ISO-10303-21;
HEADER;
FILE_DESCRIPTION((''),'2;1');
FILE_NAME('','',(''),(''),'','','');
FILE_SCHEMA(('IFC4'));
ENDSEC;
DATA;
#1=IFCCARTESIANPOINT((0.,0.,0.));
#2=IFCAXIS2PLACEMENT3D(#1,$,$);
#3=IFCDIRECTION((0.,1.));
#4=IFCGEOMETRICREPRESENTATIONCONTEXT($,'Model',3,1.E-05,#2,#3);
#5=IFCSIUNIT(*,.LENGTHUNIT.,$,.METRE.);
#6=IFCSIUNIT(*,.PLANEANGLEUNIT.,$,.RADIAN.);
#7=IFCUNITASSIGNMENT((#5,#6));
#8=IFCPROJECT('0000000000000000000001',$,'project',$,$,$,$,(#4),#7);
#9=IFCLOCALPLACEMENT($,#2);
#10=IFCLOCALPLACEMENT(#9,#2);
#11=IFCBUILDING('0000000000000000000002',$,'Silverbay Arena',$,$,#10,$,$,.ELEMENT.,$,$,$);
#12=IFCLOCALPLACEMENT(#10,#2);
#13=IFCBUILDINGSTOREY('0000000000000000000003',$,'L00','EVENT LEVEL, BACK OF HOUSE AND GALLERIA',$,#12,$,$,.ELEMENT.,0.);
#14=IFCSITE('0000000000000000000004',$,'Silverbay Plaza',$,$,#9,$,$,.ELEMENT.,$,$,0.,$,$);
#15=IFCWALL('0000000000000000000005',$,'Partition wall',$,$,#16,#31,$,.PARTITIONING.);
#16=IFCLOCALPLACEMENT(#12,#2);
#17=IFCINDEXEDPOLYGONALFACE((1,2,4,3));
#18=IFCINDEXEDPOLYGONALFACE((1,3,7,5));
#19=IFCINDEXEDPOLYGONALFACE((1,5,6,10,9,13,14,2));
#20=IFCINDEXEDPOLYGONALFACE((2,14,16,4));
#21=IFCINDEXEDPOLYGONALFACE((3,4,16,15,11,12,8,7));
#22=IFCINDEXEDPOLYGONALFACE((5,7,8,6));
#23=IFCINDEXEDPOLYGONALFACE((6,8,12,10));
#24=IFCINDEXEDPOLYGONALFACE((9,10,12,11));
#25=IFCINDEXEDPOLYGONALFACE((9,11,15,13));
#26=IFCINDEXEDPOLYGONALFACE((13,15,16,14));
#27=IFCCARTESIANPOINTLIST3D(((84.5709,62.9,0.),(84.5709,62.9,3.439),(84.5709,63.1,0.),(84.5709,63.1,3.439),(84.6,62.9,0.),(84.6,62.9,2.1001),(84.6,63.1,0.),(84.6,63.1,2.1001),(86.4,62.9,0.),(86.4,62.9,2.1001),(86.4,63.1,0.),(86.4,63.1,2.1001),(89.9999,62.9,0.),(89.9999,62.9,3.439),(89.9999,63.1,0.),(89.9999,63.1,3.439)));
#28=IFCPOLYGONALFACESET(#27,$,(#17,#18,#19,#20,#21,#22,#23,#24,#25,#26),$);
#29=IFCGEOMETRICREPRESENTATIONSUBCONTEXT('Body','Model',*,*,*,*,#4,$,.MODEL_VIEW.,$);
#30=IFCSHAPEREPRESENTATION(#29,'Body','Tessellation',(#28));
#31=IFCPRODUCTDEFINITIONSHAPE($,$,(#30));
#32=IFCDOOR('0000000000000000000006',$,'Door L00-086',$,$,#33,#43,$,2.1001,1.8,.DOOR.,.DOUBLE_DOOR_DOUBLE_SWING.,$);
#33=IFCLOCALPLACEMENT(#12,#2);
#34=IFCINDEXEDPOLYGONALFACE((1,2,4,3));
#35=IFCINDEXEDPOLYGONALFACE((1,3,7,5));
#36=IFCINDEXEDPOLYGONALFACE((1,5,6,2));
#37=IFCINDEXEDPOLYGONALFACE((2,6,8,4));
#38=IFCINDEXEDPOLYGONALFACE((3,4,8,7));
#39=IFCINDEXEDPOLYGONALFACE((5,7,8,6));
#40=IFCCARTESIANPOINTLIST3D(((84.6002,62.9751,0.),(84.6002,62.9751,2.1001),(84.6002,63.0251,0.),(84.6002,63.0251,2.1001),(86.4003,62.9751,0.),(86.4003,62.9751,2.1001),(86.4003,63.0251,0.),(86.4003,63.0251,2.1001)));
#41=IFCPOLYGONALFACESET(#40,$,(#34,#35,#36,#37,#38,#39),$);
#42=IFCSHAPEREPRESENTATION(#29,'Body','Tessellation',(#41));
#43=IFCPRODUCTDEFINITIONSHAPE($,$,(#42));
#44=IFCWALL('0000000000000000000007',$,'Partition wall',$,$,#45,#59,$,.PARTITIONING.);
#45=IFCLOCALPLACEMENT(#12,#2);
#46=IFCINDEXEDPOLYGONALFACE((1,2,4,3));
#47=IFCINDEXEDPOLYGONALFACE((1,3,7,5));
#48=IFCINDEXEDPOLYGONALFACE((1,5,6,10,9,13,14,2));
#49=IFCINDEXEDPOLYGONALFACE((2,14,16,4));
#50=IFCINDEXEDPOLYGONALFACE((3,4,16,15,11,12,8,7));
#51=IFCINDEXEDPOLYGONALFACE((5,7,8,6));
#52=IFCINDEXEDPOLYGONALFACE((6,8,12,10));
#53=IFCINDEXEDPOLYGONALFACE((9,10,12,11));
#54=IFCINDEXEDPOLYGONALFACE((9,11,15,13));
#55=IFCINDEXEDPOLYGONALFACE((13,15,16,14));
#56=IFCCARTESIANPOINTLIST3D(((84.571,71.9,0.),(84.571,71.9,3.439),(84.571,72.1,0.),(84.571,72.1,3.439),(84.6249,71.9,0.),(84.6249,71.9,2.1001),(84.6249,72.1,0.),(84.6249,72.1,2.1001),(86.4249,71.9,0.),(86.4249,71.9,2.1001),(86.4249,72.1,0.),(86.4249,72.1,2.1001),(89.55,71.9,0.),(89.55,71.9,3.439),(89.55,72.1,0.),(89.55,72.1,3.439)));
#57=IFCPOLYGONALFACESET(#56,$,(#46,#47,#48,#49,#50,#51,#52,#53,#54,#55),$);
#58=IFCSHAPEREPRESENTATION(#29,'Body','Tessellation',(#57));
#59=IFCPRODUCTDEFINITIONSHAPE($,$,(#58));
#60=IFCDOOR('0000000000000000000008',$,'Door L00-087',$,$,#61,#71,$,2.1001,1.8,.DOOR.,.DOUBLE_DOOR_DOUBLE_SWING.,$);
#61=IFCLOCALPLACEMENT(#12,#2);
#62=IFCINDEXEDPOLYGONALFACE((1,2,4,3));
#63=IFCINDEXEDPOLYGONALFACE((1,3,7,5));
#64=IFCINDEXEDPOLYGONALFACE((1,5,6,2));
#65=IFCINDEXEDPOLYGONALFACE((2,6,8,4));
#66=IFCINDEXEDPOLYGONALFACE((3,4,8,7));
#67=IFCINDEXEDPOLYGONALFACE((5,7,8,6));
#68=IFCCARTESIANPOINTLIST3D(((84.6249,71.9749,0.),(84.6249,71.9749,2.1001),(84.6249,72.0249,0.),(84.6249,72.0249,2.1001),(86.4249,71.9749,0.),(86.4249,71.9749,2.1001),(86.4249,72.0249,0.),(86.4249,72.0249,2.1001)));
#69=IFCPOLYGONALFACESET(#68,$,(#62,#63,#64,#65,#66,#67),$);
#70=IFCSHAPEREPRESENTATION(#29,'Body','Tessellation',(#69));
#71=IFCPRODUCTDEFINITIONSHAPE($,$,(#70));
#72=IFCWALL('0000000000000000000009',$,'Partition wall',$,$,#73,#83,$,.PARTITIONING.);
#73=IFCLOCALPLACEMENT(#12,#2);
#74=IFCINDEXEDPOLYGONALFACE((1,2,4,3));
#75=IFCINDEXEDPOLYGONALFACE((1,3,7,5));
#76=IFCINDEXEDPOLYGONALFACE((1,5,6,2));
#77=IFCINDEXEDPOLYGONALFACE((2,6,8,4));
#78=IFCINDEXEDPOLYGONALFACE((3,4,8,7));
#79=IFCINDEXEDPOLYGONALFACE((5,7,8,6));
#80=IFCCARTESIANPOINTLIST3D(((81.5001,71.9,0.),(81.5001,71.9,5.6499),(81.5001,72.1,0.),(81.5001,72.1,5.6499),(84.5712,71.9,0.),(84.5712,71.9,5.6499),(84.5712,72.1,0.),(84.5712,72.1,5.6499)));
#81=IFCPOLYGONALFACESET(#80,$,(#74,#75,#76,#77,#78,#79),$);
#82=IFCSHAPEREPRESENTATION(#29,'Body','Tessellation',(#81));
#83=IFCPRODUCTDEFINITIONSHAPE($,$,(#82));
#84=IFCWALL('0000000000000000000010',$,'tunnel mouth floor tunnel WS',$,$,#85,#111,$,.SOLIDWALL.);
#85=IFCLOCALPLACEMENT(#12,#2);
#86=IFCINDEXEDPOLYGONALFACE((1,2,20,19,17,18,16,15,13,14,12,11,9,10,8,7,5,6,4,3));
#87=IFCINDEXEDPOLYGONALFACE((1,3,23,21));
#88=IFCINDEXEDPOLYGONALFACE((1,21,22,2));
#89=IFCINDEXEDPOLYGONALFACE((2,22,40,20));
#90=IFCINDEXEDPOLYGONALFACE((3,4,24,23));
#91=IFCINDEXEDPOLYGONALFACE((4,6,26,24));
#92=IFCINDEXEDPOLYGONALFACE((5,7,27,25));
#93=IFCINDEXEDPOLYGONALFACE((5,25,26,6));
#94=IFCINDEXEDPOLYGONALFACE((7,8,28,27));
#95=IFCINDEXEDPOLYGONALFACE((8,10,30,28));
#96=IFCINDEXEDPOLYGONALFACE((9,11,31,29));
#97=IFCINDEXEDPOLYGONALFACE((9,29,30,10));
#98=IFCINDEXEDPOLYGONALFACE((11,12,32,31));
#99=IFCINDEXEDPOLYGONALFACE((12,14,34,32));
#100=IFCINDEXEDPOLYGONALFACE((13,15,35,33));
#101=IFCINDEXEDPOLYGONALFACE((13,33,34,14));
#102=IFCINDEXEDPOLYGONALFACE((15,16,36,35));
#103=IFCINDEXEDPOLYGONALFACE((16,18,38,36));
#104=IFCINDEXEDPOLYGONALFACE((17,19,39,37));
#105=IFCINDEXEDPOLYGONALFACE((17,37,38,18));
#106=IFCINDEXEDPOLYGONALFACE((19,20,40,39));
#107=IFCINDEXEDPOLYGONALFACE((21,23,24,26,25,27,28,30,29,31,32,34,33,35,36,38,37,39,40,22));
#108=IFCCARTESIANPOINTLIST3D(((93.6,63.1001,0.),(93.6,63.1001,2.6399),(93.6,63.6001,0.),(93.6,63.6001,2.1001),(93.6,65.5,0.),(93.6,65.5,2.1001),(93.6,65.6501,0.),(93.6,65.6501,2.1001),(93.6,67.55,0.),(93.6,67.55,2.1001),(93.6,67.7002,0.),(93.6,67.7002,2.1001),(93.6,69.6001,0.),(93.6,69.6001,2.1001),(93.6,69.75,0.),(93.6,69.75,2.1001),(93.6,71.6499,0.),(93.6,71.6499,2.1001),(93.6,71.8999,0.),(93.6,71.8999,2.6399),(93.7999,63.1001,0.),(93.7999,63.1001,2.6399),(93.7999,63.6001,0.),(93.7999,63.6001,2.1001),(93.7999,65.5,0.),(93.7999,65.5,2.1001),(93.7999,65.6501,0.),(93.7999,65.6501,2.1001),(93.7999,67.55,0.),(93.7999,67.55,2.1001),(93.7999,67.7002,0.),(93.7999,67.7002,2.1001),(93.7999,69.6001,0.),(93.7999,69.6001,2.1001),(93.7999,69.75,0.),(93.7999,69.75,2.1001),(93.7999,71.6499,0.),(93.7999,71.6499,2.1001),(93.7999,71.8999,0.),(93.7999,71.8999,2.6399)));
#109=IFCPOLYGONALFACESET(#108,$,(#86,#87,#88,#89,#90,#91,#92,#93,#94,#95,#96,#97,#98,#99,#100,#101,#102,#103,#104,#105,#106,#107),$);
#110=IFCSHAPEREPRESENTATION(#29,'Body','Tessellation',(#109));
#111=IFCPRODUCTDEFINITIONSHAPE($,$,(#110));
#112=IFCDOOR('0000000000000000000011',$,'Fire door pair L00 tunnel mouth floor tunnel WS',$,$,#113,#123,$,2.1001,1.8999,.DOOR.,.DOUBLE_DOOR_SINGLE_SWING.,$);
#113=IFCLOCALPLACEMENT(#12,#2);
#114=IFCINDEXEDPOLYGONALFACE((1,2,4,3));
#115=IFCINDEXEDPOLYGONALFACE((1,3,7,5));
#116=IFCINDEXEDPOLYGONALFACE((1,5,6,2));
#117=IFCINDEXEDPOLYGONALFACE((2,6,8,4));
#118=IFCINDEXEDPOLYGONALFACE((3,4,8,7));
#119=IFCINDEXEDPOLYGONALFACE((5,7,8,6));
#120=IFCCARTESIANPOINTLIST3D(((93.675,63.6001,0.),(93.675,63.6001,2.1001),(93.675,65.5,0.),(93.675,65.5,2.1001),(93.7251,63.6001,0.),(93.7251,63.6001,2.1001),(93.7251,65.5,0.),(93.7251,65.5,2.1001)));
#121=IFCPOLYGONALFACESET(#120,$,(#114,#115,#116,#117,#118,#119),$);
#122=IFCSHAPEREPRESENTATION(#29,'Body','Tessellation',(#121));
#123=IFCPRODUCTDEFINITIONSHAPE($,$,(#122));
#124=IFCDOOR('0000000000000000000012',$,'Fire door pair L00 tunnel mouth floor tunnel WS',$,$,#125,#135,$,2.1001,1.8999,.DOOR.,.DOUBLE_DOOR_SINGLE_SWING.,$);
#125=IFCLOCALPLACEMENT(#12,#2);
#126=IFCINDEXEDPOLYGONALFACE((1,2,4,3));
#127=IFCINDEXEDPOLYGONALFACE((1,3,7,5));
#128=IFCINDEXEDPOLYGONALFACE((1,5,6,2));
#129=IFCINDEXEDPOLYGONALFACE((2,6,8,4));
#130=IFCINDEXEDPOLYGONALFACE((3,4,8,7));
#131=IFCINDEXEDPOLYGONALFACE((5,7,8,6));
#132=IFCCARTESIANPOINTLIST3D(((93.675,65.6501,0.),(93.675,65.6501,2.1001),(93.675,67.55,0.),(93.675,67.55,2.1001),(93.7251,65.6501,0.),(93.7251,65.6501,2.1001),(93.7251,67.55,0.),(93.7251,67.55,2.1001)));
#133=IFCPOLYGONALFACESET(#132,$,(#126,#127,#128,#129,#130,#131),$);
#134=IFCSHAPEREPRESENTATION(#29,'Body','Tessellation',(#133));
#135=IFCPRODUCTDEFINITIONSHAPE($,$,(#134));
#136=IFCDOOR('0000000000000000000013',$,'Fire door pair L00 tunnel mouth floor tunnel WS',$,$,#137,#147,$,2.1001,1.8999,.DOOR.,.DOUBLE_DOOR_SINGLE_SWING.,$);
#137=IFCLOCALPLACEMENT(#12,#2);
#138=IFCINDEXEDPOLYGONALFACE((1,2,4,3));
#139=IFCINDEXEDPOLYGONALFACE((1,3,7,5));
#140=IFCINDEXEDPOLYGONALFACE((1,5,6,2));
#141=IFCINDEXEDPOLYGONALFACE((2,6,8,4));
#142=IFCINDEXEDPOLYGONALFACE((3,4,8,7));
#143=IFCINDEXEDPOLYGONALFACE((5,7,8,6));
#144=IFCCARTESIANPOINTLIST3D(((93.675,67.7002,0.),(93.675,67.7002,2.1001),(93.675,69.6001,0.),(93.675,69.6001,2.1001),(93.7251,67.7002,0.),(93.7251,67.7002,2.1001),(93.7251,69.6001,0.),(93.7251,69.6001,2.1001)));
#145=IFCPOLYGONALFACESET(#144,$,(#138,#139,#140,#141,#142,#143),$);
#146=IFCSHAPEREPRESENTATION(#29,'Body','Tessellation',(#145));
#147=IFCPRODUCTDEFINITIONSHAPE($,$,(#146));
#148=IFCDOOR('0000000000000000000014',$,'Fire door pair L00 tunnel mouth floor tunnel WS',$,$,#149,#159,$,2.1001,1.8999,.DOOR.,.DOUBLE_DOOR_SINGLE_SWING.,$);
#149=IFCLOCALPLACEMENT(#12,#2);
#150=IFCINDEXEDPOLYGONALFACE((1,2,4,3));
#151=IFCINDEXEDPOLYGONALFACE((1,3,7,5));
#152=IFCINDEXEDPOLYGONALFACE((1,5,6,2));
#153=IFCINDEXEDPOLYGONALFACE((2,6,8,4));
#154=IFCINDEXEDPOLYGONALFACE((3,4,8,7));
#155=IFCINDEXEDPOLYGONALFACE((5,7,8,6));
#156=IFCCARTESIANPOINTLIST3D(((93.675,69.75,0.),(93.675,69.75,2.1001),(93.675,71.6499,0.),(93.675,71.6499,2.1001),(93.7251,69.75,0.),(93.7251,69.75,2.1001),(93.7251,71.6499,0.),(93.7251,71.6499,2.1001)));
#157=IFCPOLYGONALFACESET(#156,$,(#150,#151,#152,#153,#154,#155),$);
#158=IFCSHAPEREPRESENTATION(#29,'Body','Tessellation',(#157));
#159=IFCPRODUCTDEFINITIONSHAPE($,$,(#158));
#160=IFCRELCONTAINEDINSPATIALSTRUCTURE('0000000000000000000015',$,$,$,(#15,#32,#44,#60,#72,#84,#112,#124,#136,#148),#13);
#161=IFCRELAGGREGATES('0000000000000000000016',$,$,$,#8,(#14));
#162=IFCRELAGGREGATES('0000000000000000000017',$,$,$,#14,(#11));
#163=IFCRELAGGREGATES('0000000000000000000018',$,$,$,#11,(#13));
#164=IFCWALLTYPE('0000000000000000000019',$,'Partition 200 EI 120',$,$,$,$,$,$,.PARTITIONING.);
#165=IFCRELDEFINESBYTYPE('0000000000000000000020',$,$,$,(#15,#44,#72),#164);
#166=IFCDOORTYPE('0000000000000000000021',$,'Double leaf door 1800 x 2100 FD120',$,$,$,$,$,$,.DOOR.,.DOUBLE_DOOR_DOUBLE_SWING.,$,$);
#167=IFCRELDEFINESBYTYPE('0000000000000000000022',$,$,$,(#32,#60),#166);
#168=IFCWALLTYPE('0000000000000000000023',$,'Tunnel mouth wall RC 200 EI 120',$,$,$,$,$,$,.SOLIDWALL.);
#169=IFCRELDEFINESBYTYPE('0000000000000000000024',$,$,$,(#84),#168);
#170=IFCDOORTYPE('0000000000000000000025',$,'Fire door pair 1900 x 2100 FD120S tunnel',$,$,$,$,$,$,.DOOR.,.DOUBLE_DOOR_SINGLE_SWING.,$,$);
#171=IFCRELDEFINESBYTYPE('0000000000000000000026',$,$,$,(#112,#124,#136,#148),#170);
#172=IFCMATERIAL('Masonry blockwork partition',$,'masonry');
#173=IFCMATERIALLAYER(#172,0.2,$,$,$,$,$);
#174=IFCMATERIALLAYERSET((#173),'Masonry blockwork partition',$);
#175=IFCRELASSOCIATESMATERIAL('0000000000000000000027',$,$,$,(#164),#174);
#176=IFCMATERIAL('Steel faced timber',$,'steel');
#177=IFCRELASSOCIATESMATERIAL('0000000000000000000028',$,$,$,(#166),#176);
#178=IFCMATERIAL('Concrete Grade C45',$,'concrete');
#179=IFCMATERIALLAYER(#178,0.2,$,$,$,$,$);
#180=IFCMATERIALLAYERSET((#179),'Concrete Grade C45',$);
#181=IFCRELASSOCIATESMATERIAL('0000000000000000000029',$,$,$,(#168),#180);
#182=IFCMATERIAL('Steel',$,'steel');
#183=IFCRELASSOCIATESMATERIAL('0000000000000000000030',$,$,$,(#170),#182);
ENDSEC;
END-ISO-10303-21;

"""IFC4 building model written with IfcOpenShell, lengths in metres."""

from ifc_helpers import new_model, si_unit, direction, frame, frame_2d, origin, place, context, subcontext, project, spatial, rectangle, extrude, material, layer, layer_set, type_object, element, fill, save


model = new_model("IFC4")

# Units and contexts
model_context = context("Model", 3, precision=1e-05, world=origin(), true_north=direction((0.0, 1.0)))
body_context = subcontext(model_context, "Body", "Model", "MODEL_VIEW")
ifc_project = project(units=[si_unit("LENGTHUNIT", "METRE"), si_unit("PLANEANGLEUNIT", "RADIAN")], contexts=[model_context])

# Site, building, storey
site_placement = place(None, origin())
site = spatial("IfcSite", under=ifc_project, at=site_placement, Name="Silverbay Plaza", CompositionType="ELEMENT", RefElevation=0.0)
building_placement = place(site_placement, origin())
building = spatial("IfcBuilding", under=site, at=building_placement, Name="Silverbay Arena", CompositionType="ELEMENT")
storey_placement = place(building_placement, origin())
storey = spatial("IfcBuildingStorey", under=building, at=storey_placement, Name="L00", Description="EVENT LEVEL, BACK OF HOUSE AND GALLERIA", CompositionType="ELEMENT", Elevation=0.0)

# Walls, openings, doors
ifc_material_1 = material(Name="Masonry blockwork partition", Category="masonry")
ifc_layer_1 = layer(ifc_material_1, 0.2)
ifc_layer_set_1 = layer_set([ifc_layer_1], Name="Masonry blockwork partition")
wall_type_1 = type_object("IfcWallType", Name="Partition 200 EI 120", PredefinedType="PARTITIONING", material=ifc_layer_set_1)
wall_1_placement = place(storey_placement, frame((84.571, 63.0, 0.0), z_axis=(0.0, 0.0, 1.0), x_axis=(1.0, 0.0, 0.0)))
wall_1 = element("IfcWall", 1, at=wall_1_placement, inside=storey, type_object=wall_type_1, Name="Partition wall", PredefinedType="PARTITIONING", context=body_context, shape_type="SweptSolid", body=[
    extrude(rectangle(XDim=5.429, YDim=0.2, at=frame_2d((2.7144, 0.0))), origin(), (0.0, 0.0, 1.0), 3.439),
])
opening_1_placement = place(wall_1_placement, frame((0.0291, 0.0, 0.0)))
opening_1 = element("IfcOpeningElement", 2, at=opening_1_placement, cuts=wall_1, PredefinedType="OPENING", context=body_context, shape_type="SweptSolid", body=[
    extrude(rectangle(XDim=1.8, YDim=2.1001, at=frame_2d((0.8999, 1.05))), frame((0.0, 0.1099, 0.0), z_axis=(0.0, -1.0, 0.0), x_axis=(1.0, 0.0, 0.0)), (0.0, 0.0, 1.0), 0.22),
])
ifc_material_2 = material(Name="Steel faced timber", Category="steel")
door_type_1 = type_object("IfcDoorType", Name="Double leaf door 1800 x 2100 FD120", OperationType="DOUBLE_DOOR_DOUBLE_SWING", PredefinedType="DOOR", material=ifc_material_2)
door_1_placement = place(opening_1_placement, frame((1.8, 0.0, 0.0), z_axis=(0.0, 0.0, 1.0), x_axis=(-1.0, 0.0, 0.0)))
door_1 = element("IfcDoor", 3, at=door_1_placement, inside=storey, type_object=door_type_1, Name="Door L00-086", OperationType="DOUBLE_DOOR_DOUBLE_SWING", OverallHeight=2.1001, OverallWidth=1.8, PredefinedType="DOOR", context=body_context, shape_type="SweptSolid", body=[
    extrude(rectangle(XDim=1.8, YDim=2.1001, at=frame_2d((0.8999, 1.05))), frame((0.0, 0.0249, 0.0), z_axis=(0.0, -1.0, 0.0), x_axis=(1.0, 0.0, 0.0)), (0.0, 0.0, 1.0), 0.05),
])
fill(opening_1, door_1)
wall_2_placement = place(storey_placement, frame((84.571, 72.0, 0.0), z_axis=(0.0, 0.0, 1.0), x_axis=(1.0, 0.0, 0.0)))
wall_2 = element("IfcWall", 4, at=wall_2_placement, inside=storey, type_object=wall_type_1, Name="Partition wall", PredefinedType="PARTITIONING", context=body_context, shape_type="SweptSolid", body=[
    extrude(rectangle(XDim=4.979, YDim=0.2, at=frame_2d((2.4895, 0.0))), origin(), (0.0, 0.0, 1.0), 3.439),
])
opening_2_placement = place(wall_2_placement, frame((0.054, 0.0, 0.0)))
opening_2 = element("IfcOpeningElement", 5, at=opening_2_placement, cuts=wall_2, PredefinedType="OPENING", context=body_context, shape_type="SweptSolid", body=[
    extrude(rectangle(XDim=1.8, YDim=2.1001, at=frame_2d((0.8999, 1.05))), frame((0.0, 0.1099, 0.0), z_axis=(0.0, -1.0, 0.0), x_axis=(1.0, 0.0, 0.0)), (0.0, 0.0, 1.0), 0.22),
])
door_2_placement = place(opening_2_placement, origin())
door_2 = element("IfcDoor", 6, at=door_2_placement, inside=storey, type_object=door_type_1, Name="Door L00-087", OperationType="DOUBLE_DOOR_DOUBLE_SWING", OverallHeight=2.1001, OverallWidth=1.8, PredefinedType="DOOR", context=body_context, shape_type="SweptSolid", body=[
    extrude(rectangle(XDim=1.8, YDim=2.1001, at=frame_2d((0.8999, 1.05))), frame((0.0, 0.0249, 0.0), z_axis=(0.0, -1.0, 0.0), x_axis=(1.0, 0.0, 0.0)), (0.0, 0.0, 1.0), 0.05),
])
fill(opening_2, door_2)

# Wall
wall_3_placement = place(storey_placement, frame((81.5, 72.0, 0.0), z_axis=(0.0, 0.0, 1.0), x_axis=(1.0, 0.0, 0.0)))
element("IfcWall", 7, at=wall_3_placement, inside=storey, type_object=wall_type_1, Name="Partition wall", PredefinedType="PARTITIONING", context=body_context, shape_type="SweptSolid", body=[
    extrude(rectangle(XDim=3.071, YDim=0.2, at=frame_2d((1.5356, 0.0))), origin(), (0.0, 0.0, 1.0), 5.6499),
])

# Wall, openings, doors
ifc_material_3 = material(Name="Concrete Grade C45", Category="concrete")
ifc_layer_2 = layer(ifc_material_3, 0.2)
ifc_layer_set_2 = layer_set([ifc_layer_2], Name="Concrete Grade C45")
wall_type_2 = type_object("IfcWallType", Name="Tunnel mouth wall RC 200 EI 120", PredefinedType="SOLIDWALL", material=ifc_layer_set_2)
wall_4_placement = place(storey_placement, frame((93.7, 63.1001, 0.0), z_axis=(0.0, 0.0, 1.0), x_axis=(0.0, 1.0, 0.0)))
wall_4 = element("IfcWall", 8, at=wall_4_placement, inside=storey, type_object=wall_type_2, Name="tunnel mouth floor tunnel WS", PredefinedType="SOLIDWALL", context=body_context, shape_type="SweptSolid", body=[
    extrude(rectangle(XDim=8.7998, YDim=0.2, at=frame_2d((4.3999, 0.0))), origin(), (0.0, 0.0, 1.0), 2.6399),
])
opening_3_placement = place(wall_4_placement, frame((0.5, 0.0, 0.0)))
opening_3 = element("IfcOpeningElement", 9, at=opening_3_placement, cuts=wall_4, PredefinedType="OPENING", context=body_context, shape_type="SweptSolid", body=[
    extrude(rectangle(XDim=1.8999, YDim=2.1001, at=frame_2d((0.95, 1.05))), frame((0.0, 0.1099, 0.0), z_axis=(0.0, -1.0, 0.0), x_axis=(1.0, 0.0, 0.0)), (0.0, 0.0, 1.0), 0.22),
])
opening_4_placement = place(wall_4_placement, frame((2.55, 0.0, 0.0)))
opening_4 = element("IfcOpeningElement", 10, at=opening_4_placement, cuts=wall_4, PredefinedType="OPENING", context=body_context, shape_type="SweptSolid", body=[
    extrude(rectangle(XDim=1.8999, YDim=2.1001, at=frame_2d((0.95, 1.05))), frame((0.0, 0.1099, 0.0), z_axis=(0.0, -1.0, 0.0), x_axis=(1.0, 0.0, 0.0)), (0.0, 0.0, 1.0), 0.22),
])
opening_5_placement = place(wall_4_placement, frame((4.6001, 0.0, 0.0)))
opening_5 = element("IfcOpeningElement", 11, at=opening_5_placement, cuts=wall_4, PredefinedType="OPENING", context=body_context, shape_type="SweptSolid", body=[
    extrude(rectangle(XDim=1.8999, YDim=2.1001, at=frame_2d((0.95, 1.05))), frame((0.0, 0.1099, 0.0), z_axis=(0.0, -1.0, 0.0), x_axis=(1.0, 0.0, 0.0)), (0.0, 0.0, 1.0), 0.22),
])
opening_6_placement = place(wall_4_placement, frame((6.6499, 0.0, 0.0)))
opening_6 = element("IfcOpeningElement", 12, at=opening_6_placement, cuts=wall_4, PredefinedType="OPENING", context=body_context, shape_type="SweptSolid", body=[
    extrude(rectangle(XDim=1.8999, YDim=2.1001, at=frame_2d((0.95, 1.05))), frame((0.0, 0.1099, 0.0), z_axis=(0.0, -1.0, 0.0), x_axis=(1.0, 0.0, 0.0)), (0.0, 0.0, 1.0), 0.22),
])
ifc_material_4 = material(Name="Steel", Category="steel")
door_type_2 = type_object("IfcDoorType", Name="Fire door pair 1900 x 2100 FD120S tunnel", OperationType="DOUBLE_DOOR_SINGLE_SWING", PredefinedType="DOOR", material=ifc_material_4)
door_3_placement = place(opening_3_placement, origin())
door_3 = element("IfcDoor", 13, at=door_3_placement, inside=storey, type_object=door_type_2, Name="Fire door pair L00 tunnel mouth floor tunnel WS", OperationType="DOUBLE_DOOR_SINGLE_SWING", OverallHeight=2.1001, OverallWidth=1.8999, PredefinedType="DOOR", context=body_context, shape_type="SweptSolid", body=[
    extrude(rectangle(XDim=1.8999, YDim=2.1001, at=frame_2d((0.95, 1.05))), frame((0.0, 0.0249, 0.0), z_axis=(0.0, -1.0, 0.0), x_axis=(1.0, 0.0, 0.0)), (0.0, 0.0, 1.0), 0.05),
])
fill(opening_3, door_3)
door_4_placement = place(opening_4_placement, origin())
door_4 = element("IfcDoor", 14, at=door_4_placement, inside=storey, type_object=door_type_2, Name="Fire door pair L00 tunnel mouth floor tunnel WS", OperationType="DOUBLE_DOOR_SINGLE_SWING", OverallHeight=2.1001, OverallWidth=1.8999, PredefinedType="DOOR", context=body_context, shape_type="SweptSolid", body=[
    extrude(rectangle(XDim=1.8999, YDim=2.1001, at=frame_2d((0.95, 1.05))), frame((0.0, 0.0249, 0.0), z_axis=(0.0, -1.0, 0.0), x_axis=(1.0, 0.0, 0.0)), (0.0, 0.0, 1.0), 0.05),
])
fill(opening_4, door_4)
door_5_placement = place(opening_5_placement, origin())
door_5 = element("IfcDoor", 15, at=door_5_placement, inside=storey, type_object=door_type_2, Name="Fire door pair L00 tunnel mouth floor tunnel WS", OperationType="DOUBLE_DOOR_SINGLE_SWING", OverallHeight=2.1001, OverallWidth=1.8999, PredefinedType="DOOR", context=body_context, shape_type="SweptSolid", body=[
    extrude(rectangle(XDim=1.8999, YDim=2.1001, at=frame_2d((0.95, 1.05))), frame((0.0, 0.0249, 0.0), z_axis=(0.0, -1.0, 0.0), x_axis=(1.0, 0.0, 0.0)), (0.0, 0.0, 1.0), 0.05),
])
fill(opening_5, door_5)
door_6_placement = place(opening_6_placement, origin())
door_6 = element("IfcDoor", 16, at=door_6_placement, inside=storey, type_object=door_type_2, Name="Fire door pair L00 tunnel mouth floor tunnel WS", OperationType="DOUBLE_DOOR_SINGLE_SWING", OverallHeight=2.1001, OverallWidth=1.8999, PredefinedType="DOOR", context=body_context, shape_type="SweptSolid", body=[
    extrude(rectangle(XDim=1.8999, YDim=2.1001, at=frame_2d((0.95, 1.05))), frame((0.0, 0.0249, 0.0), z_axis=(0.0, -1.0, 0.0), x_axis=(1.0, 0.0, 0.0)), (0.0, 0.0, 1.0), 0.05),
])
fill(opening_6, door_6)

save(model, "model.ifc")
